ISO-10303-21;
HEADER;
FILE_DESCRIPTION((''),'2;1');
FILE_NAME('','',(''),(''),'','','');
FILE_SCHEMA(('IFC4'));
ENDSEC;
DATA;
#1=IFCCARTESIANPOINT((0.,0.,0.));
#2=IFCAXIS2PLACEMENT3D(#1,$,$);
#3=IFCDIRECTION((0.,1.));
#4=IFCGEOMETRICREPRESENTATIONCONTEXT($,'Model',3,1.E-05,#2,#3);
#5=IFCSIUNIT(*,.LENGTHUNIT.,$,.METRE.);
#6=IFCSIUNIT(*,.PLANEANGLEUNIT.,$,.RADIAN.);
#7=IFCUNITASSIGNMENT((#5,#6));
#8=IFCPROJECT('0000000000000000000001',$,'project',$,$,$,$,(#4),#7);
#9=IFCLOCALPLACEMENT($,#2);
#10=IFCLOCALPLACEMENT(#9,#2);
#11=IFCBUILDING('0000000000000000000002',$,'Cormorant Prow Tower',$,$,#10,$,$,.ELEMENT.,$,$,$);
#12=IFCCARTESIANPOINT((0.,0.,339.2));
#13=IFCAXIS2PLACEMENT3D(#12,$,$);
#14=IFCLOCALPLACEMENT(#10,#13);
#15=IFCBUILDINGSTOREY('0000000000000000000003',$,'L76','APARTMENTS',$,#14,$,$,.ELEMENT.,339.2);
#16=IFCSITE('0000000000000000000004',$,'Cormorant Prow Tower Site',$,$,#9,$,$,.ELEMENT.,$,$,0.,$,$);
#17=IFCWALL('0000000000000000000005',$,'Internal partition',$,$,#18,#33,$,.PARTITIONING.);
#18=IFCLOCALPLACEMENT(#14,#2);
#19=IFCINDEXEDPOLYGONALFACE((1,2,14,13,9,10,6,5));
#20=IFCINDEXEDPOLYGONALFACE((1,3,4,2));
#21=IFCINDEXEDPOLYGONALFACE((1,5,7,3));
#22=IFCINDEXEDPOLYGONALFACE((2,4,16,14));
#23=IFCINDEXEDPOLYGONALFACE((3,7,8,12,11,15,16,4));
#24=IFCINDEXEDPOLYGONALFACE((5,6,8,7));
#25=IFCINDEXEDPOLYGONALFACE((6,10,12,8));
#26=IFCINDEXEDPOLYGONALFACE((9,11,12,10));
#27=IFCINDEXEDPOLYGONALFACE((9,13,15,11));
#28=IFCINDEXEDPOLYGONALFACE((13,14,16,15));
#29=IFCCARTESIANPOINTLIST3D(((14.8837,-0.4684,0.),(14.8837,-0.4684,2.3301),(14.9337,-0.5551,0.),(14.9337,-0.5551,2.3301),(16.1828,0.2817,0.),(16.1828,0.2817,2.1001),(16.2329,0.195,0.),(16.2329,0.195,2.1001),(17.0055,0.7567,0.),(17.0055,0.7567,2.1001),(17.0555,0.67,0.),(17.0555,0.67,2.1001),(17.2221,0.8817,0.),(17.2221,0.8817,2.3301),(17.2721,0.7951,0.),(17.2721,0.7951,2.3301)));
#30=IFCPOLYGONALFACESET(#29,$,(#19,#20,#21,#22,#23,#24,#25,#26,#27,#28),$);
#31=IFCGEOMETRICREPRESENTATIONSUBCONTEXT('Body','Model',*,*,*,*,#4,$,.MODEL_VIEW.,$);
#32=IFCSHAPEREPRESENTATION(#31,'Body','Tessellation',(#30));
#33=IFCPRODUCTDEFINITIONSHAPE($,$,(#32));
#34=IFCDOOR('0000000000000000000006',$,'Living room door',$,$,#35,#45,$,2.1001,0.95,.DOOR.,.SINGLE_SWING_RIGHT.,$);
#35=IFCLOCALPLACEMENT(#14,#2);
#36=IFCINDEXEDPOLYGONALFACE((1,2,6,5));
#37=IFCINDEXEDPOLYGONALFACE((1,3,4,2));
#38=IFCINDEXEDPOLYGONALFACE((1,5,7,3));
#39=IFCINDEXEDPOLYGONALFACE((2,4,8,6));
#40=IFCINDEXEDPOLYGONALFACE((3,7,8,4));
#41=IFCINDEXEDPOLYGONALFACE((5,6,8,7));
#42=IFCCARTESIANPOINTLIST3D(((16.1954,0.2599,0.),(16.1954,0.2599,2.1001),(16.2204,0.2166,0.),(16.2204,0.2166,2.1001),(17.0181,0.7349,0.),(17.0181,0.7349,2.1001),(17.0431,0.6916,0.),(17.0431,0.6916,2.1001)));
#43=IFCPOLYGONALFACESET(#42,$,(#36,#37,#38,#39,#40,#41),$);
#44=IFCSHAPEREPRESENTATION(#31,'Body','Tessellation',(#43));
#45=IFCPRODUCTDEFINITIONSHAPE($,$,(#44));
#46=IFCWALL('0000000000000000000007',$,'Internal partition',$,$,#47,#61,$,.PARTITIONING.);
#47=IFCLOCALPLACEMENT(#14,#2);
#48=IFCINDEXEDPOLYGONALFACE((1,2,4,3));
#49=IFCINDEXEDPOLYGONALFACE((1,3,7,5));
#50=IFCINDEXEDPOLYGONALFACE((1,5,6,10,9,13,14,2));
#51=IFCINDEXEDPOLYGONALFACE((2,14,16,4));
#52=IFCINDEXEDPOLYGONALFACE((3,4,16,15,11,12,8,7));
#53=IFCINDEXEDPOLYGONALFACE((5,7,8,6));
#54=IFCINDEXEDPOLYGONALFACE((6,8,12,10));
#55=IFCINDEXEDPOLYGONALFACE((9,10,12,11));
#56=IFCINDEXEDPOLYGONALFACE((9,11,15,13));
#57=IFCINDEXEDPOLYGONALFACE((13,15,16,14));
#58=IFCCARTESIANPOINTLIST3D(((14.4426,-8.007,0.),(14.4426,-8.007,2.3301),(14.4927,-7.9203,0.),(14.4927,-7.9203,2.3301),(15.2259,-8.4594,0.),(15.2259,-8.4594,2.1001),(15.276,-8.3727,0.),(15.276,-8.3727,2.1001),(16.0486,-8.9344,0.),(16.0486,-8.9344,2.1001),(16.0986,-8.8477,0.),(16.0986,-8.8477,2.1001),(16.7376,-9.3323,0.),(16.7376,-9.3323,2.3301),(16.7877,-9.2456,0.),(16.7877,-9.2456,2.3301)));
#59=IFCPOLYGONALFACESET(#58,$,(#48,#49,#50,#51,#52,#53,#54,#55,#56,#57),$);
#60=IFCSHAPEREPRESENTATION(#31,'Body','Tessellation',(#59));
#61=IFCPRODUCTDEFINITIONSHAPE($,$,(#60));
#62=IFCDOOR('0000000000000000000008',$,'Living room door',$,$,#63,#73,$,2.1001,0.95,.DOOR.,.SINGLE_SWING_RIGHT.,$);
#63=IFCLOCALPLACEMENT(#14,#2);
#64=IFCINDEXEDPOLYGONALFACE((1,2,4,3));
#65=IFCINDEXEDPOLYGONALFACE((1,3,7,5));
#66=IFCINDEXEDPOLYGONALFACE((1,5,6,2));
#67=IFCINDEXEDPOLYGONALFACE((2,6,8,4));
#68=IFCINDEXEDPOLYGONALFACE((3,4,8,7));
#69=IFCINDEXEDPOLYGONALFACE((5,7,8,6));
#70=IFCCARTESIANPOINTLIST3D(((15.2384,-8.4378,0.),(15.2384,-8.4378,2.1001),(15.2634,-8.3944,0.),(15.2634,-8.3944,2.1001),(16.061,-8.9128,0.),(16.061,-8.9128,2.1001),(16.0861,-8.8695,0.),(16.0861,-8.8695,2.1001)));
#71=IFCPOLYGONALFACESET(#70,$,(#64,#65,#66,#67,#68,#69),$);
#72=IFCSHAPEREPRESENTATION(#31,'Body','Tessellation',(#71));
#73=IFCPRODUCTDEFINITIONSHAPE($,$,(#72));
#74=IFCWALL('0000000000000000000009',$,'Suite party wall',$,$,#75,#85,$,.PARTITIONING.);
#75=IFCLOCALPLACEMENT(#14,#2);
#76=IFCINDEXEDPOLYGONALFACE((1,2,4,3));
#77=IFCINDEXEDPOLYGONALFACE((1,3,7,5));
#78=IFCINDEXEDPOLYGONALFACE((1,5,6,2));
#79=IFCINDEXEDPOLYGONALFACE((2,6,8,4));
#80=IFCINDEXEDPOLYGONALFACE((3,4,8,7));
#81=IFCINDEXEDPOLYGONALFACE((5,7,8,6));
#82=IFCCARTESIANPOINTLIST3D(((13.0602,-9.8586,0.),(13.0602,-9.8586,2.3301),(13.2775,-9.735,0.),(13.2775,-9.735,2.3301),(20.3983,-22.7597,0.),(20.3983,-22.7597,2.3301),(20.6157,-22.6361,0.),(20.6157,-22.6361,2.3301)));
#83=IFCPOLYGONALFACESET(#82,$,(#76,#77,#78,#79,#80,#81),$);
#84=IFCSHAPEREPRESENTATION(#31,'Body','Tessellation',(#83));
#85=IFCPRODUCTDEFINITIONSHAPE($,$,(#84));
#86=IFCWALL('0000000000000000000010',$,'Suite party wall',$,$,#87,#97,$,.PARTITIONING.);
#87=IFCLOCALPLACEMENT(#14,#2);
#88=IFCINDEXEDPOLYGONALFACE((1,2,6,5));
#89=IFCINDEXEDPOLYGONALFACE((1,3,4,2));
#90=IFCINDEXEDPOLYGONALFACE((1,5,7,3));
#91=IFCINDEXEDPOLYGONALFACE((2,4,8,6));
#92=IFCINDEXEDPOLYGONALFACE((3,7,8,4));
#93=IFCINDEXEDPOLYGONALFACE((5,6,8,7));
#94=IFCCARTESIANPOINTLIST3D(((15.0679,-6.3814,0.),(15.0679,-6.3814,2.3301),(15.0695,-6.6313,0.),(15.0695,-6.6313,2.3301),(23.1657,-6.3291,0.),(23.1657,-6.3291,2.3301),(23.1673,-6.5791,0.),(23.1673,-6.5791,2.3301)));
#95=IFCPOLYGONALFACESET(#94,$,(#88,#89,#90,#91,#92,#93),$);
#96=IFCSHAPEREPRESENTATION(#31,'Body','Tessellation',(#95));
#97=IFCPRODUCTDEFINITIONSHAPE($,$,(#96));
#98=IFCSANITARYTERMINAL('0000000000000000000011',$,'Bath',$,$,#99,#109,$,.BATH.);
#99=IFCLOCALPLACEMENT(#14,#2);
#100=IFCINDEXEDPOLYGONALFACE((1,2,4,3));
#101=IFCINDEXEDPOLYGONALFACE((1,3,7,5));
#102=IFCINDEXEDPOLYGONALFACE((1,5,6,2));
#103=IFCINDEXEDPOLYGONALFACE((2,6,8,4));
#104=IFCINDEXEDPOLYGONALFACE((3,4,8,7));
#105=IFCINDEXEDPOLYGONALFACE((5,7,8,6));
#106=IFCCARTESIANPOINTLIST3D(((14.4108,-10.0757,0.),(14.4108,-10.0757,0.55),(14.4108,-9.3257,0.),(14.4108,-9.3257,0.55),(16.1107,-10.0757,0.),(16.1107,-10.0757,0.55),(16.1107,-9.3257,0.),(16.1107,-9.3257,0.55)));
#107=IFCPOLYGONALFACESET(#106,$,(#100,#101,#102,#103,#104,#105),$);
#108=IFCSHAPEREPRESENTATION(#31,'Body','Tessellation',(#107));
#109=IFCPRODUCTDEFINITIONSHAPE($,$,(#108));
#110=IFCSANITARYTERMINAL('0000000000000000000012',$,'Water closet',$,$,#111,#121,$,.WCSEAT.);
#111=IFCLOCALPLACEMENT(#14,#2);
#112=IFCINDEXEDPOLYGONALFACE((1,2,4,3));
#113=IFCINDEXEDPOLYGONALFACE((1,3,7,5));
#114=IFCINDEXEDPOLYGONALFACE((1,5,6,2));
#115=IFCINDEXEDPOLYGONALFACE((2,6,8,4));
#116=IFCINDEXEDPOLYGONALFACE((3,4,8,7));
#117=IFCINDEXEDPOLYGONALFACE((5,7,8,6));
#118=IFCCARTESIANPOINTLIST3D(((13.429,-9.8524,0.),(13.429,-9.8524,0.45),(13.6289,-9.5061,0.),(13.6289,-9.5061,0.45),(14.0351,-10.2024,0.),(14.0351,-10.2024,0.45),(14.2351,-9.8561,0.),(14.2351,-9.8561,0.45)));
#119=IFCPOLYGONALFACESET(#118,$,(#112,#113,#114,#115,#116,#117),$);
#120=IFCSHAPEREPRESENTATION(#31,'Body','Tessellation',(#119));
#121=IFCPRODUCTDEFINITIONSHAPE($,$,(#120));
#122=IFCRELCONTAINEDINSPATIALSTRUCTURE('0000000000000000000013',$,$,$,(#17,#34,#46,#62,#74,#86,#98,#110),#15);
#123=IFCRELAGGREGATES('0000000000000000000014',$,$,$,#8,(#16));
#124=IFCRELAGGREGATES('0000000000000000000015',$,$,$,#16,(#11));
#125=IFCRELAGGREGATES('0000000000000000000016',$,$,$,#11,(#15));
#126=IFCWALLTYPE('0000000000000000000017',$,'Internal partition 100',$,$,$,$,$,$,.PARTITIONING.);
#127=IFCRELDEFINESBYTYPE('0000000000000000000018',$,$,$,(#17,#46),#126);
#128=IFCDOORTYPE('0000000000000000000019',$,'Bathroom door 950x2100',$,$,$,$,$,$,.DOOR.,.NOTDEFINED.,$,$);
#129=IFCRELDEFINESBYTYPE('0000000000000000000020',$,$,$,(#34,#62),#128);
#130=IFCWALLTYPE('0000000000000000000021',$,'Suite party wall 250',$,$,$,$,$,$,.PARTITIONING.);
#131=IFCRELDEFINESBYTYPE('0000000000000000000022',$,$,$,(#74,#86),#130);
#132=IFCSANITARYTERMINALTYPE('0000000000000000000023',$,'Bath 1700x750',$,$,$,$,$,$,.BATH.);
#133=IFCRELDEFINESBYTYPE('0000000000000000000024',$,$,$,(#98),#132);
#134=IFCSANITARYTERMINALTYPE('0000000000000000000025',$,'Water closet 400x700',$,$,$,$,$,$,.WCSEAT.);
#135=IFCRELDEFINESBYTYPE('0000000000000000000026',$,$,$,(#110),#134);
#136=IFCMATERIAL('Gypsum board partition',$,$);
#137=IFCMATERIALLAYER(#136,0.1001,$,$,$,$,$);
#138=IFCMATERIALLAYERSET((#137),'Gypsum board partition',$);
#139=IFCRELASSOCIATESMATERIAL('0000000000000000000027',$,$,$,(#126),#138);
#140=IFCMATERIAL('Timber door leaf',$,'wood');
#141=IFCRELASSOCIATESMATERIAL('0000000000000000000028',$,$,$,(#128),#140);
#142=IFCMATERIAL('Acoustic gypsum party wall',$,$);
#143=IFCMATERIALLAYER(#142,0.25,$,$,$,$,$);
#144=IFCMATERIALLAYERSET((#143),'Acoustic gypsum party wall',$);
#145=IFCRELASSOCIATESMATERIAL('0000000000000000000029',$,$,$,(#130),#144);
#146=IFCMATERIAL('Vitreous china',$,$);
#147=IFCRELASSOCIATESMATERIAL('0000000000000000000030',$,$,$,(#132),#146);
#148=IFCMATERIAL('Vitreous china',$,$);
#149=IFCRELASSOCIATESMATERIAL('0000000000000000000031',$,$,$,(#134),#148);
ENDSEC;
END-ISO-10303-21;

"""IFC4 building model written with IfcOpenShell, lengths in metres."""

from ifc_helpers import new_model, si_unit, direction, frame, frame_2d, origin, origin_2d, place, context, subcontext, project, spatial, rectangle, extrude, material, layer, layer_set, type_object, element, fill, save


model = new_model("IFC4")

# Units and contexts
model_context = context("Model", 3, precision=1e-05, world=origin(), true_north=direction((0.0, 1.0)))
body_context = subcontext(model_context, "Body", "Model", "MODEL_VIEW")
ifc_project = project(units=[si_unit("LENGTHUNIT", "METRE"), si_unit("PLANEANGLEUNIT", "RADIAN")], contexts=[model_context])

# Site, building, storey
site_placement = place(None, origin())
site = spatial("IfcSite", under=ifc_project, at=site_placement, Name="Cormorant Prow Tower Site", CompositionType="ELEMENT", RefElevation=0.0)
building_placement = place(site_placement, origin())
building = spatial("IfcBuilding", under=site, at=building_placement, Name="Cormorant Prow Tower", CompositionType="ELEMENT")
storey_placement = place(building_placement, frame((0.0, 0.0, 339.2)))
storey = spatial("IfcBuildingStorey", under=building, at=storey_placement, Name="L76", Description="APARTMENTS", CompositionType="ELEMENT", Elevation=339.2)

# Walls, openings, doors
ifc_material_1 = material(Name="Gypsum board partition")
ifc_layer_1 = layer(ifc_material_1, 0.1001)
ifc_layer_set_1 = layer_set([ifc_layer_1], Name="Gypsum board partition")
wall_type_1 = type_object("IfcWallType", Name="Internal partition 100", PredefinedType="PARTITIONING", material=ifc_layer_set_1)
ifc_material_2 = material(Name="Timber door leaf", Category="wood")
door_type_1 = type_object("IfcDoorType", Name="Bathroom door 950x2100", OperationType="NOTDEFINED", PredefinedType="DOOR", material=ifc_material_2)
wall_1_placement = place(storey_placement, frame((14.9087, -0.5117, 0.0), z_axis=(0.0, 0.0, 1.0), x_axis=(0.86602, 0.500009, 0.0)))
wall_1 = element("IfcWall", 1, at=wall_1_placement, inside=storey, type_object=wall_type_1, Name="Internal partition", PredefinedType="PARTITIONING", context=body_context, shape_type="SweptSolid", body=[
    extrude(rectangle(XDim=2.7002, YDim=0.1001, at=frame_2d((1.3501, 0.0))), origin(), (0.0, 0.0, 1.0), 2.3301),
])
opening_1_placement = place(wall_1_placement, frame((1.5, 0.0, 0.0)))
opening_1 = element("IfcOpeningElement", 2, at=opening_1_placement, cuts=wall_1, PredefinedType="OPENING", context=body_context, shape_type="SweptSolid", body=[
    extrude(rectangle(XDim=0.95, YDim=2.1001, at=frame_2d((0.4751, 1.05))), frame((0.0, 0.0601, 0.0), z_axis=(0.0, -1.0, 0.0), x_axis=(1.0, 0.0, 0.0)), (0.0, 0.0, 1.0), 0.1201),
])
door_1_placement = place(opening_1_placement, origin())
door_1 = element("IfcDoor", 3, at=door_1_placement, inside=storey, type_object=door_type_1, Name="Living room door", OperationType="SINGLE_SWING_RIGHT", OverallHeight=2.1001, OverallWidth=0.95, PredefinedType="DOOR", context=body_context, shape_type="SweptSolid", body=[
    extrude(rectangle(XDim=0.95, YDim=2.1001, at=frame_2d((0.4751, 1.05))), frame((0.0, 0.0249, 0.0), z_axis=(0.0, -1.0, 0.0), x_axis=(1.0, 0.0, 0.0)), (0.0, 0.0, 1.0), 0.05),
])
fill(opening_1, door_1)
wall_2_placement = place(storey_placement, frame((14.4675, -7.9636, 0.0), z_axis=(0.0, 0.0, 1.0), x_axis=(0.865989, -0.500063, 0.0)))
wall_2 = element("IfcWall", 4, at=wall_2_placement, inside=storey, type_object=wall_type_1, Name="Internal partition", PredefinedType="PARTITIONING", context=body_context, shape_type="SweptSolid", body=[
    extrude(rectangle(XDim=2.6501, YDim=0.1001, at=frame_2d((1.3252, 0.0))), origin(), (0.0, 0.0, 1.0), 2.3301),
])
opening_2_placement = place(wall_2_placement, frame((0.9045, 0.0, 0.0)))
opening_2 = element("IfcOpeningElement", 5, at=opening_2_placement, cuts=wall_2, PredefinedType="OPENING", context=body_context, shape_type="SweptSolid", body=[
    extrude(rectangle(XDim=0.95, YDim=2.1001, at=frame_2d((0.4751, 1.05))), frame((0.0, 0.0601, 0.0), z_axis=(0.0, -1.0, 0.0), x_axis=(1.0, 0.0, 0.0)), (0.0, 0.0, 1.0), 0.1201),
])
door_2_placement = place(opening_2_placement, origin())
door_2 = element("IfcDoor", 6, at=door_2_placement, inside=storey, type_object=door_type_1, Name="Living room door", OperationType="SINGLE_SWING_RIGHT", OverallHeight=2.1001, OverallWidth=0.95, PredefinedType="DOOR", context=body_context, shape_type="SweptSolid", body=[
    extrude(rectangle(XDim=0.95, YDim=2.1001, at=frame_2d((0.4751, 1.05))), frame((0.0, 0.0249, 0.0), z_axis=(0.0, -1.0, 0.0), x_axis=(1.0, 0.0, 0.0)), (0.0, 0.0, 1.0), 0.05),
])
fill(opening_2, door_2)

# Walls
ifc_material_3 = material(Name="Acoustic gypsum party wall")
ifc_layer_2 = layer(ifc_material_3, 0.25)
ifc_layer_set_2 = layer_set([ifc_layer_2], Name="Acoustic gypsum party wall")
wall_type_2 = type_object("IfcWallType", Name="Suite party wall 250", PredefinedType="PARTITIONING", material=ifc_layer_set_2)
wall_3_placement = place(storey_placement, frame((13.1689, -9.7969, 0.0), z_axis=(0.0, 0.0, 1.0), x_axis=(0.494414, -0.869226, 0.0)))
element("IfcWall", 7, at=wall_3_placement, inside=storey, type_object=wall_type_2, Name="Suite party wall", PredefinedType="PARTITIONING", context=body_context, shape_type="SweptSolid", body=[
    extrude(rectangle(XDim=14.842, YDim=0.25, at=frame_2d((7.4209, 0.0))), origin(), (0.0, 0.0, 1.0), 2.3301),
])
wall_4_placement = place(storey_placement, frame((15.0688, -6.5063, 0.0), z_axis=(0.0, 0.0, 1.0), x_axis=(0.999979, 0.006452, 0.0)))
element("IfcWall", 8, at=wall_4_placement, inside=storey, type_object=wall_type_2, Name="Suite party wall", PredefinedType="PARTITIONING", context=body_context, shape_type="SweptSolid", body=[
    extrude(rectangle(XDim=8.0979, YDim=0.25, at=frame_2d((4.0488, 0.0))), origin(), (0.0, 0.0, 1.0), 2.3301),
])

# Sanitary terminals
ifc_material_4 = material(Name="Vitreous china")
sanitary_terminal_type_1 = type_object("IfcSanitaryTerminalType", Name="Bath 1700x750", PredefinedType="BATH", material=ifc_material_4)
sanitary_terminal_1_placement = place(storey_placement, frame((15.2607, -9.7007, 0.0), z_axis=(0.0, 0.0, 1.0), x_axis=(1.0, 0.0, 0.0)))
element("IfcSanitaryTerminal", 9, at=sanitary_terminal_1_placement, inside=storey, type_object=sanitary_terminal_type_1, Name="Bath", PredefinedType="BATH", context=body_context, shape_type="SweptSolid", body=[
    extrude(rectangle(XDim=1.7, YDim=0.75, at=origin_2d()), origin(), (0.0, 0.0, 1.0), 0.55),
])
ifc_material_5 = material(Name="Vitreous china")
sanitary_terminal_type_2 = type_object("IfcSanitaryTerminalType", Name="Water closet 400x700", PredefinedType="WCSEAT", material=ifc_material_5)
sanitary_terminal_2_placement = place(storey_placement, frame((13.832, -9.8542, 0.0), z_axis=(0.0, 0.0, 1.0), x_axis=(0.5, 0.866025, 0.0)))
element("IfcSanitaryTerminal", 10, at=sanitary_terminal_2_placement, inside=storey, type_object=sanitary_terminal_type_2, Name="Water closet", PredefinedType="WCSEAT", context=body_context, shape_type="SweptSolid", body=[
    extrude(rectangle(XDim=0.3999, YDim=0.7, at=origin_2d()), origin(), (0.0, 0.0, 1.0), 0.45),
])

save(model, "model.ifc")
